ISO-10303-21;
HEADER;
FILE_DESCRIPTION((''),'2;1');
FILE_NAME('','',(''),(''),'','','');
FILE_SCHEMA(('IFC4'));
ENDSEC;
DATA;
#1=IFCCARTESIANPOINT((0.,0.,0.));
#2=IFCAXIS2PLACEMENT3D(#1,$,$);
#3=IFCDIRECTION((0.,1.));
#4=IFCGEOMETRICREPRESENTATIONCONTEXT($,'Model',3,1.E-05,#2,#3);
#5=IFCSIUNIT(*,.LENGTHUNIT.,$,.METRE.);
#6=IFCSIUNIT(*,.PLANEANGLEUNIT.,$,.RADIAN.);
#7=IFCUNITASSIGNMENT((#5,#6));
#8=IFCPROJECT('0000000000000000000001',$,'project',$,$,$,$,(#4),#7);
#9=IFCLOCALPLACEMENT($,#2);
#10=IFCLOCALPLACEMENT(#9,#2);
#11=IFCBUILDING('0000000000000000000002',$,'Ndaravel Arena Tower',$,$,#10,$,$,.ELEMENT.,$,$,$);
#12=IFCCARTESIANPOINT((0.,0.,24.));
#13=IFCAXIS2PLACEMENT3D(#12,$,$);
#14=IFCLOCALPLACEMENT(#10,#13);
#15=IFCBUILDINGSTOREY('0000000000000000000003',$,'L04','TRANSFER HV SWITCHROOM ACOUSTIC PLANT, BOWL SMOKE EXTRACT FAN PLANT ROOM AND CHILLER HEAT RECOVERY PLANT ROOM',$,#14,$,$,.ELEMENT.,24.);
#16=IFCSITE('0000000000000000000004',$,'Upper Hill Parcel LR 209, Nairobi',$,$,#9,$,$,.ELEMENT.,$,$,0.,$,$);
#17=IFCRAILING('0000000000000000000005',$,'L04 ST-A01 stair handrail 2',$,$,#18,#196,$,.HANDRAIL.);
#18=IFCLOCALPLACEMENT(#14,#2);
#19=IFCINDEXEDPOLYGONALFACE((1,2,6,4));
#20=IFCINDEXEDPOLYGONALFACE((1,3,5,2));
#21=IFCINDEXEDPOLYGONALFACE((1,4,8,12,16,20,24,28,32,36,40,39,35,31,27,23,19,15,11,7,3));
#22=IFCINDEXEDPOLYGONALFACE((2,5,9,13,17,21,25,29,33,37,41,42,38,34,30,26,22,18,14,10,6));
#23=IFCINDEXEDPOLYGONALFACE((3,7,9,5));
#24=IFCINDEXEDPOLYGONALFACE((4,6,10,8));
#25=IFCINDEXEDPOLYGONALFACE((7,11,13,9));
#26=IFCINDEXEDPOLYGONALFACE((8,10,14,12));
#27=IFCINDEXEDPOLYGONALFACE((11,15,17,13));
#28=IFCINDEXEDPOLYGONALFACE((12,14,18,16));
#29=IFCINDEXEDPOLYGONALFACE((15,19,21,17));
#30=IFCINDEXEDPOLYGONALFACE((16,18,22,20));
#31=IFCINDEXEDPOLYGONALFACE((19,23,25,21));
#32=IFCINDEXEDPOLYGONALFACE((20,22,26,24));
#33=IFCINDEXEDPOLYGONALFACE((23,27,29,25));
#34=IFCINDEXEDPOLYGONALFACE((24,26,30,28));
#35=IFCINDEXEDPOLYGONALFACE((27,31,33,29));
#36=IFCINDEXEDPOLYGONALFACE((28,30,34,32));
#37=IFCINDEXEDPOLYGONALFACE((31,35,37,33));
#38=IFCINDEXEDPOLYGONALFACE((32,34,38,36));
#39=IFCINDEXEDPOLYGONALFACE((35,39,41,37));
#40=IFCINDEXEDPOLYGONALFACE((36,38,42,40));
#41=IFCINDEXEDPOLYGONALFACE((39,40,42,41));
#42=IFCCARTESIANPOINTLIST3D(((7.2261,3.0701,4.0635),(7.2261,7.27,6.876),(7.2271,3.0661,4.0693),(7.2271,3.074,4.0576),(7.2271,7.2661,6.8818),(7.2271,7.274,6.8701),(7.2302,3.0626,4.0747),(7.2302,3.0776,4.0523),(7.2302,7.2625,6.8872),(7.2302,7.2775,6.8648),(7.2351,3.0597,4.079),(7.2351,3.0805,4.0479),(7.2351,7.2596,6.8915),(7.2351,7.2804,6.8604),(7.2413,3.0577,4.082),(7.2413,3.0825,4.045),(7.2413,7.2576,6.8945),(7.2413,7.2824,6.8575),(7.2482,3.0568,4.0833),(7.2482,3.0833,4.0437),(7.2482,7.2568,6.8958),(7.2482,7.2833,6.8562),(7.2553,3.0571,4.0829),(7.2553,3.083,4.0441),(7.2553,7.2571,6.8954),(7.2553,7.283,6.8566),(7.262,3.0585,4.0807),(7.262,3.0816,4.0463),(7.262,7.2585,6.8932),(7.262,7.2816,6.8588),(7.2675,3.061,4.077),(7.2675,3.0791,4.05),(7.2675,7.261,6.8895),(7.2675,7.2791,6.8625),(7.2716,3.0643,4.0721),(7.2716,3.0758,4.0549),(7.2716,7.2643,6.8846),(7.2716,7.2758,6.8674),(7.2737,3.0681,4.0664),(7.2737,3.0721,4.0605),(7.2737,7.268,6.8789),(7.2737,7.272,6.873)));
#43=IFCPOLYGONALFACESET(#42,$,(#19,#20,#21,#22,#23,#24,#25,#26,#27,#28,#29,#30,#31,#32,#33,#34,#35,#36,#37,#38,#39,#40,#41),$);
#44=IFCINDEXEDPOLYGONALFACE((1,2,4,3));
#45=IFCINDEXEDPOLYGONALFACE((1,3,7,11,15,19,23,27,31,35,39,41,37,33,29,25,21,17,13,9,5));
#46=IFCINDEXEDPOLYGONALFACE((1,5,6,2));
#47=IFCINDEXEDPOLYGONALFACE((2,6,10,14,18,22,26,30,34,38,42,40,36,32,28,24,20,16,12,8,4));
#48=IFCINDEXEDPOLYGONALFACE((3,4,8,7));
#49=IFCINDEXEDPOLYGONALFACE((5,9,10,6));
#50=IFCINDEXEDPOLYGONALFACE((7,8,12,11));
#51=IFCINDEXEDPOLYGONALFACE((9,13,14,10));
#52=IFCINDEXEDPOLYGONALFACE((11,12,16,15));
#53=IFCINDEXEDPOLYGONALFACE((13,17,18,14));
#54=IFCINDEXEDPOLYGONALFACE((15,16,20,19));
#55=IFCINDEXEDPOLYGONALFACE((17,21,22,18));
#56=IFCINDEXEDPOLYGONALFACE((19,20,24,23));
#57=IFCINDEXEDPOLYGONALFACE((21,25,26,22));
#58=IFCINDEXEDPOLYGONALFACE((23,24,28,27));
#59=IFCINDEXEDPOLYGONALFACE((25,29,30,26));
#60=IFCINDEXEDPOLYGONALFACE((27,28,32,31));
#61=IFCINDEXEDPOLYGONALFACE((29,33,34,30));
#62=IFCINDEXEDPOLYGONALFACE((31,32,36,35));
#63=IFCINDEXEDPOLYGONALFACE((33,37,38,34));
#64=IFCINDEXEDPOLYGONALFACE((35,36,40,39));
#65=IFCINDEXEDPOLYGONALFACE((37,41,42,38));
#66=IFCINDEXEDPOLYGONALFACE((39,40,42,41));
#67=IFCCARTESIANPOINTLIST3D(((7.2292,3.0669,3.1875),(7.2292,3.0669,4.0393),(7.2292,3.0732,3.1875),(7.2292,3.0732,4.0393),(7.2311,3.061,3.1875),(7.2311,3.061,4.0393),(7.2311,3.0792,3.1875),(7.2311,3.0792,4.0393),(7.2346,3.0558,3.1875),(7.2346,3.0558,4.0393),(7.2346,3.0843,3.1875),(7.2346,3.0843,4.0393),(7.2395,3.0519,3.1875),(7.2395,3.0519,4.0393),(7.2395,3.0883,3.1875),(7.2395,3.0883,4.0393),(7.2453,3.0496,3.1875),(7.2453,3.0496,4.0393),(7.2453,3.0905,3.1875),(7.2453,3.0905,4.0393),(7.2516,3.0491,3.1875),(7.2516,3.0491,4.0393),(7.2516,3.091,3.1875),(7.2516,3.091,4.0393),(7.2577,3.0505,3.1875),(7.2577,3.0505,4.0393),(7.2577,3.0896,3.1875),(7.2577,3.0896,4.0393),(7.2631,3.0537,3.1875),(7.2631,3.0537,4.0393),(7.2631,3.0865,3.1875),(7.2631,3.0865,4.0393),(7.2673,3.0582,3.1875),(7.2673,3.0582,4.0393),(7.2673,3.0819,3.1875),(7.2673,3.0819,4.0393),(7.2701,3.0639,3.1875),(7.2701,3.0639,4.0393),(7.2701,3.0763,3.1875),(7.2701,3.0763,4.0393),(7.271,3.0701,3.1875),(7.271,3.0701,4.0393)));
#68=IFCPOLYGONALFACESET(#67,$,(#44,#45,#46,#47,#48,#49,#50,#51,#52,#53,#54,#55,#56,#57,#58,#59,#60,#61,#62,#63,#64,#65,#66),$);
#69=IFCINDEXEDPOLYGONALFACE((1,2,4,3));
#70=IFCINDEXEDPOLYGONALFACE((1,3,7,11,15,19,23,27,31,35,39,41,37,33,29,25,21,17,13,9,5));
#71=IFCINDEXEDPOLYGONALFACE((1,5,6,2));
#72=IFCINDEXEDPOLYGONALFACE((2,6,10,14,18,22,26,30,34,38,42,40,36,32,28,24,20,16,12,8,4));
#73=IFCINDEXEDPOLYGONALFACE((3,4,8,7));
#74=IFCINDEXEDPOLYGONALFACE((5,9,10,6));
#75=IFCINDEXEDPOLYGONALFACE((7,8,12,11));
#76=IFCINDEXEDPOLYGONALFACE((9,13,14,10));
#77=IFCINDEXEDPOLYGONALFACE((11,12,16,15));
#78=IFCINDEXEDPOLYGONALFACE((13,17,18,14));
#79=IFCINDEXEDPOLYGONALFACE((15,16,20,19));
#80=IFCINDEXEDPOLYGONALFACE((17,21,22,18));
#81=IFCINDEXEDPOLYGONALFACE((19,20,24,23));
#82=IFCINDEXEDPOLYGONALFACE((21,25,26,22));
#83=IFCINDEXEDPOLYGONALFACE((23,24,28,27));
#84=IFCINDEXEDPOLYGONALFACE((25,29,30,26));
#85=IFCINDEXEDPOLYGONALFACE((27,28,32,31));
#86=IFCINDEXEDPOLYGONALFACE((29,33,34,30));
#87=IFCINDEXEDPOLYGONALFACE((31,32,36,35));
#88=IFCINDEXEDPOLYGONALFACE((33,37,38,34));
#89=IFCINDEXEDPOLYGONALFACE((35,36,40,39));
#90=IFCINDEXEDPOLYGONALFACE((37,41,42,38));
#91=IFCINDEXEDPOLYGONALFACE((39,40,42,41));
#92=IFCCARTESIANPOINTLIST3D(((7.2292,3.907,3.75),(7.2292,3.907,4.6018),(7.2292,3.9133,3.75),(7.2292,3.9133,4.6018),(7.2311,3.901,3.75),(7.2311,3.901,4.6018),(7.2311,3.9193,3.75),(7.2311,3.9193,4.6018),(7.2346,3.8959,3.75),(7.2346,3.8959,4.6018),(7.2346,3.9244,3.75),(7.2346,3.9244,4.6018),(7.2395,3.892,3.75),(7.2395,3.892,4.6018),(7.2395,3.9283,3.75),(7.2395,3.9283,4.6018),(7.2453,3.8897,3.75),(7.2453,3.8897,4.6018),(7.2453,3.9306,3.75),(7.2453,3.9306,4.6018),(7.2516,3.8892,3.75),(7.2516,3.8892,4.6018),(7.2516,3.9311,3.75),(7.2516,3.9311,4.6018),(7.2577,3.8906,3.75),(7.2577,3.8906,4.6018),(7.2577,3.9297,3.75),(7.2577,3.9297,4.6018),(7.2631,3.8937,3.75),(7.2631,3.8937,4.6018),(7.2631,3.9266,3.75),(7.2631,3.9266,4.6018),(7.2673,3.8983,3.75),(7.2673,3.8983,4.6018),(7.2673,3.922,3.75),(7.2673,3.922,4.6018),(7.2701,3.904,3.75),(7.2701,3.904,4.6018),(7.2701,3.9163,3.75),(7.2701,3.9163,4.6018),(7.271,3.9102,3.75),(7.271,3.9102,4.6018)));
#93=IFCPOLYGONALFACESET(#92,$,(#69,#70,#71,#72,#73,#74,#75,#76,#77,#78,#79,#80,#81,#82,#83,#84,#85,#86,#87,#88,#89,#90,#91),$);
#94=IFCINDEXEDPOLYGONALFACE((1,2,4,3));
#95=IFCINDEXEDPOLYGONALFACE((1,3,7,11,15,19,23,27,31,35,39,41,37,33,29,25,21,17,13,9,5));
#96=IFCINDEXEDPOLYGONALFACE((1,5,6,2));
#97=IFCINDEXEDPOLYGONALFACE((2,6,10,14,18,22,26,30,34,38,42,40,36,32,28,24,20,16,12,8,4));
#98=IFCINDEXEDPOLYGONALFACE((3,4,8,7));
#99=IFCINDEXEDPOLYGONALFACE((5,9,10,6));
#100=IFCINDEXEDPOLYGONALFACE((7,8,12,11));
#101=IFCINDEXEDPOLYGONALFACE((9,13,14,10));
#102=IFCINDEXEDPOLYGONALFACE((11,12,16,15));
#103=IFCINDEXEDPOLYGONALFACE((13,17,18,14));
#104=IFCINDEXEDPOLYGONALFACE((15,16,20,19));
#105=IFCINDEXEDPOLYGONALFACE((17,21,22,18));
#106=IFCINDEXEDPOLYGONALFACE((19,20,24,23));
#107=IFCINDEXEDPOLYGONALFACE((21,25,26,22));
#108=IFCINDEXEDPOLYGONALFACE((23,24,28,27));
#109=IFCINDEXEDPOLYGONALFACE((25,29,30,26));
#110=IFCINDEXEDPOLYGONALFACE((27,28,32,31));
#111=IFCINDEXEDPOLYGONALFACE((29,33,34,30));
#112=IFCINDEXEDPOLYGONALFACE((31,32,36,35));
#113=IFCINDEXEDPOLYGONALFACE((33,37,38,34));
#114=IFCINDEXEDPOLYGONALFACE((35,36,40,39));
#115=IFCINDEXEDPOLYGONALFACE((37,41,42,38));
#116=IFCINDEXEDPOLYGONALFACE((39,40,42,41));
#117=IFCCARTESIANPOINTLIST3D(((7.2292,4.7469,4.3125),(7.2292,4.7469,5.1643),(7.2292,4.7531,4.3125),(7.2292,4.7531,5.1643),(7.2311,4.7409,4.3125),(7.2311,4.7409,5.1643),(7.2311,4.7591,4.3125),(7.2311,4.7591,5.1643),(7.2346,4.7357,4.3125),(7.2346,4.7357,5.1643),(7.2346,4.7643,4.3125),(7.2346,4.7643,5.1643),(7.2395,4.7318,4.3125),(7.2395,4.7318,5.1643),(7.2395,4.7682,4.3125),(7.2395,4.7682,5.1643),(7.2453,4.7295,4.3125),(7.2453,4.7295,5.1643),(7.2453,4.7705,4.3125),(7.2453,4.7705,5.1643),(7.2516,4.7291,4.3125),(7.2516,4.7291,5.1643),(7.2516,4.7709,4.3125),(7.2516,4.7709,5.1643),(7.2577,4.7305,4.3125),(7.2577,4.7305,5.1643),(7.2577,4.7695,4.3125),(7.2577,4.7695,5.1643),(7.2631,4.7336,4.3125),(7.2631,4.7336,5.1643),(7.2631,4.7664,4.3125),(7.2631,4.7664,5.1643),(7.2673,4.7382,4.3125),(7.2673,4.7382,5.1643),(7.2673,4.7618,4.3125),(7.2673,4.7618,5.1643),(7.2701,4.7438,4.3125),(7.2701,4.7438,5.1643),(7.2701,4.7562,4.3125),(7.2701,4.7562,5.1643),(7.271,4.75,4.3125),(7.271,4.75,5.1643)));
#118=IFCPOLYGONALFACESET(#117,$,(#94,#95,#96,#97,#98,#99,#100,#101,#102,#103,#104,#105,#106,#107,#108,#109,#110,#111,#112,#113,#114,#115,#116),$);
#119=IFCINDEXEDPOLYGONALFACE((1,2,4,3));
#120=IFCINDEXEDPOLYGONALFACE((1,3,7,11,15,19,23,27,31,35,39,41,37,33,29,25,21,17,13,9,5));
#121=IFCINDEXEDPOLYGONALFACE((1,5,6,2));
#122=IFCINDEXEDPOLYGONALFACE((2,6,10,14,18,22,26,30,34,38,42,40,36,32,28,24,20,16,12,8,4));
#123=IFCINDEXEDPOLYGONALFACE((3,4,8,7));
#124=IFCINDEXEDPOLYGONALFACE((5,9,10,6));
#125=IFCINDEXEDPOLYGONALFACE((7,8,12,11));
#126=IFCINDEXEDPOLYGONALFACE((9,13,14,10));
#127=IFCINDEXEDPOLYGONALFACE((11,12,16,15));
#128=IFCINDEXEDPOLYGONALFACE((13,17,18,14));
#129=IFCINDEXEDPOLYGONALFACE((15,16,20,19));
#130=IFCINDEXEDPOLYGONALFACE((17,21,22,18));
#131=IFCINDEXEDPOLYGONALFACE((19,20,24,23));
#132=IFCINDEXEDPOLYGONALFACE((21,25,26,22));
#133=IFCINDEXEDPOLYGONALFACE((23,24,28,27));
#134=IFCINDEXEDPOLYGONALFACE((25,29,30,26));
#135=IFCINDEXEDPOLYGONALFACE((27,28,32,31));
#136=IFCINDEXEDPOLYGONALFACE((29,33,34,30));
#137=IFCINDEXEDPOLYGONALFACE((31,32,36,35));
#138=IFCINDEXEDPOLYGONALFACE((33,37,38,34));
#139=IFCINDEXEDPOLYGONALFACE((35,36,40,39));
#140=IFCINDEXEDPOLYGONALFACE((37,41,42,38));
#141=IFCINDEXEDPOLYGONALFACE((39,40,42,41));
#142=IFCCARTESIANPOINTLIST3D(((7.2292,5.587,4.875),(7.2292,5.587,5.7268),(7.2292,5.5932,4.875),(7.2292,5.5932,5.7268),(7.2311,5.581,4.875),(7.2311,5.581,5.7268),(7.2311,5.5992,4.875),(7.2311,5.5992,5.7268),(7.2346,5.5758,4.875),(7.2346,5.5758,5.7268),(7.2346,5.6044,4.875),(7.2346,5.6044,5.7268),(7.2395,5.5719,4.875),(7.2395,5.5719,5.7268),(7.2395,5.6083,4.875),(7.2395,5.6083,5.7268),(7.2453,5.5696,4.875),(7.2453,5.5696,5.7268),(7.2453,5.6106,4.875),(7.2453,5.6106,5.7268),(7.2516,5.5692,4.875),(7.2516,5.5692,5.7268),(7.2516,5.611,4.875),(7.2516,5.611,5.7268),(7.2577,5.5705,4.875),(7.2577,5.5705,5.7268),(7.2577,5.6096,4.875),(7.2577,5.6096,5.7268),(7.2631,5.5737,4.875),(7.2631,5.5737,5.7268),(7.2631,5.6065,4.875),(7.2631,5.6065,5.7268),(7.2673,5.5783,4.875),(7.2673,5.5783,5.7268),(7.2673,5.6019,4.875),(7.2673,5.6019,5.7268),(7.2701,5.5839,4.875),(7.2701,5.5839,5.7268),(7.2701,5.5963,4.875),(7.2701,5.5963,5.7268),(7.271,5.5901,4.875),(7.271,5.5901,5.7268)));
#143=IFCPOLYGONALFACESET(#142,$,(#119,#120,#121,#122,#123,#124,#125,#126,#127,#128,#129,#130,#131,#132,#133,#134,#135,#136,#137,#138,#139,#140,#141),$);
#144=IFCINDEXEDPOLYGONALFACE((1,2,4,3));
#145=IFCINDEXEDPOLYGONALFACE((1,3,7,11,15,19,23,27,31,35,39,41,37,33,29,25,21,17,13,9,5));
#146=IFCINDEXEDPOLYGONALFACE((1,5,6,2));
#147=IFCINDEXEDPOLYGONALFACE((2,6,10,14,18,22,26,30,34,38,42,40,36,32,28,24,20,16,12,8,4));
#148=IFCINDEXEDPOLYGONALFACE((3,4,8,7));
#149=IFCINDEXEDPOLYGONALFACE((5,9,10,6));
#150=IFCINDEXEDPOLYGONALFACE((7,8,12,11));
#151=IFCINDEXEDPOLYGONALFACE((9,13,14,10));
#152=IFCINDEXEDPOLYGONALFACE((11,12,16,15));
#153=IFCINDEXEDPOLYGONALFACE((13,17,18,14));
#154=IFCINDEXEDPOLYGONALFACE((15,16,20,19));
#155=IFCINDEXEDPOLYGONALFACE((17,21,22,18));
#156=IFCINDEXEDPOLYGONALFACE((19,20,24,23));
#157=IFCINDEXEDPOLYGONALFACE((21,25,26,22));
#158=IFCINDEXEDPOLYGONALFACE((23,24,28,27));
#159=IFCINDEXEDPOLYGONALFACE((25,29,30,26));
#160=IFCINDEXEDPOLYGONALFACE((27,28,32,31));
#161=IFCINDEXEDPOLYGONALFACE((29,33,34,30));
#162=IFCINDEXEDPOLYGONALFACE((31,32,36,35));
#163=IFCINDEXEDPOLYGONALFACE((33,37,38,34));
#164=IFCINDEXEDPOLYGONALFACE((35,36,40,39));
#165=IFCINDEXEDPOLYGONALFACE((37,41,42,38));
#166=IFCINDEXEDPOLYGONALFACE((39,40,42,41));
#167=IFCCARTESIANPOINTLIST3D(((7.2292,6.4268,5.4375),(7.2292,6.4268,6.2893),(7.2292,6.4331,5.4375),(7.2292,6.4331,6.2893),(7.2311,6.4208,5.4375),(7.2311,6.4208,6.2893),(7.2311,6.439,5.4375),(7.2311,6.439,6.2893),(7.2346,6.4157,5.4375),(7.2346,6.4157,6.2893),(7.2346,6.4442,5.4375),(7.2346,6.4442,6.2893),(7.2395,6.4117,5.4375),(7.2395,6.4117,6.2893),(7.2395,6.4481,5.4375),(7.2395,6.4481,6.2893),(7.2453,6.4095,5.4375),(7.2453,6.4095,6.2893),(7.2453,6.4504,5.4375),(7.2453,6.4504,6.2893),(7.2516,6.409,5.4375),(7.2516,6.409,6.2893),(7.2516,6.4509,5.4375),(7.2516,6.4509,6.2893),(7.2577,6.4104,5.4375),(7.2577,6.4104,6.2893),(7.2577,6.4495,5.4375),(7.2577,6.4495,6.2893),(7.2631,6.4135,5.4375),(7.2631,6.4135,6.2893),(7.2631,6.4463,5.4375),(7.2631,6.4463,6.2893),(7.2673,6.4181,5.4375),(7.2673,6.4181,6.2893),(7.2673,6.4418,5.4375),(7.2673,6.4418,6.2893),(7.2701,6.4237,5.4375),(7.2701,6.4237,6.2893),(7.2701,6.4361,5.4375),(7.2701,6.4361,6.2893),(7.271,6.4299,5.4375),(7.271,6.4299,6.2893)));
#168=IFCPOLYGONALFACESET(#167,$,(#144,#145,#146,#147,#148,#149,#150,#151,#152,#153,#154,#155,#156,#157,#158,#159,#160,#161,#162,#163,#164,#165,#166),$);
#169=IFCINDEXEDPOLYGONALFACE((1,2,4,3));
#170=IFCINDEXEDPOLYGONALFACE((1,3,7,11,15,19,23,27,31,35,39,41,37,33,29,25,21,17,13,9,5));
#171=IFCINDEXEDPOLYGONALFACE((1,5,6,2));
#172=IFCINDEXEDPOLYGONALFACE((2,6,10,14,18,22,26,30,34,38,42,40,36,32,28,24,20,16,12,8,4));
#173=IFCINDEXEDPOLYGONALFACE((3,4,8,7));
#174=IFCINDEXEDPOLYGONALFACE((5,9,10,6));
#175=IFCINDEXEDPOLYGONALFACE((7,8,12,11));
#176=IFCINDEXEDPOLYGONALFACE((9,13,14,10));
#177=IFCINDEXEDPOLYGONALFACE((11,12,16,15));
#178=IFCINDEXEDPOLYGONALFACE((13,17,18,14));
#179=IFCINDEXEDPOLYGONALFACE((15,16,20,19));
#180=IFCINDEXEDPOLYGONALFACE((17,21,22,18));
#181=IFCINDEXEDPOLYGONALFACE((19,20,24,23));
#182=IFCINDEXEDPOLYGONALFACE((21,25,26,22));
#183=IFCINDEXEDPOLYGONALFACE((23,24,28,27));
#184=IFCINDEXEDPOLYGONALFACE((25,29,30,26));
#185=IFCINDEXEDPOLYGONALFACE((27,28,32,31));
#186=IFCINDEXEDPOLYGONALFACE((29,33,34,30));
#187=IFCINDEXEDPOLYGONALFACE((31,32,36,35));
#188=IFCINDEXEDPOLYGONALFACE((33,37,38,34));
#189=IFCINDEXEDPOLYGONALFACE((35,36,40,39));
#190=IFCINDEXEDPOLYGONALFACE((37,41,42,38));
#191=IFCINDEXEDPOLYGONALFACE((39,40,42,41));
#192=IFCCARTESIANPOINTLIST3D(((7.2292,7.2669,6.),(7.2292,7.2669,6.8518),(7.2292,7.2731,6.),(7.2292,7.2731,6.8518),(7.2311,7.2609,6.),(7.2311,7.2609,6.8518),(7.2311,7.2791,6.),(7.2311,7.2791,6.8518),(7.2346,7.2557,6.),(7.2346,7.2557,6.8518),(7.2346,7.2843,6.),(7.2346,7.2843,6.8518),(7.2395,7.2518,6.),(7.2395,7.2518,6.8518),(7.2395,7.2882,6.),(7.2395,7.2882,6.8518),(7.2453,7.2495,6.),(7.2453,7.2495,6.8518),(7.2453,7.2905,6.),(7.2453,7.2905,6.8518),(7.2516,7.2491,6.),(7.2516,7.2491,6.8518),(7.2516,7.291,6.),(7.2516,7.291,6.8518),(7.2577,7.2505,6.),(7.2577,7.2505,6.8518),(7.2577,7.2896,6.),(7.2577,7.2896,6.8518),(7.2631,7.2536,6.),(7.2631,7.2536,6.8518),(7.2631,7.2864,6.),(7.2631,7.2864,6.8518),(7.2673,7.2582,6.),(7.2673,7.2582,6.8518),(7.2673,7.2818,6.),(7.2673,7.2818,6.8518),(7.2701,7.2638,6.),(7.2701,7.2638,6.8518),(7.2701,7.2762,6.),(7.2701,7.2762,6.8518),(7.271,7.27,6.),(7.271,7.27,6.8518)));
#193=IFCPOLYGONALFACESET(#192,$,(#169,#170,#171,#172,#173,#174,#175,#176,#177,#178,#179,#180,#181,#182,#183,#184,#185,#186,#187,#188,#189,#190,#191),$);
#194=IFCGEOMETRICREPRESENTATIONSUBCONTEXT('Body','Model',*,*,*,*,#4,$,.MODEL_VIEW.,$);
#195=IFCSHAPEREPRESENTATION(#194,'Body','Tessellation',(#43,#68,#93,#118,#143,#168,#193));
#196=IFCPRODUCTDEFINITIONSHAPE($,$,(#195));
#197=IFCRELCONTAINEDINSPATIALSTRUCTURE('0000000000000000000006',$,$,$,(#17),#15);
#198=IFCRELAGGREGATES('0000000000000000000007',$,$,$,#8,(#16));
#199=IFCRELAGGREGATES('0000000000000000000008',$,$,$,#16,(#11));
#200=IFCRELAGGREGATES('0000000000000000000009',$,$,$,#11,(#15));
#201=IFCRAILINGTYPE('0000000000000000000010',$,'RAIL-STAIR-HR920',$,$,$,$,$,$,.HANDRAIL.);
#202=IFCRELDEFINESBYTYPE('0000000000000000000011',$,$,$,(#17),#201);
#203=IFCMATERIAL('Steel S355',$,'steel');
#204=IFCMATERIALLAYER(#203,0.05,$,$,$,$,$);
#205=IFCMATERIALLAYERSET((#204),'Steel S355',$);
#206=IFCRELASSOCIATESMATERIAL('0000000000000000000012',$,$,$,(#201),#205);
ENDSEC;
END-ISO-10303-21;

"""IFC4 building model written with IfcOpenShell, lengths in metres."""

from ifc_helpers import new_model, si_unit, direction, frame, origin, origin_2d, place, context, subcontext, project, spatial, circle, extrude, material, layer, layer_set, type_object, element, save


model = new_model("IFC4")

# Units and contexts
model_context = context("Model", 3, precision=1e-05, world=origin(), true_north=direction((0.0, 1.0)))
body_context = subcontext(model_context, "Body", "Model", "MODEL_VIEW")
ifc_project = project(units=[si_unit("LENGTHUNIT", "METRE"), si_unit("PLANEANGLEUNIT", "RADIAN")], contexts=[model_context])

# Site, building, storey
site_placement = place(None, origin())
site = spatial("IfcSite", under=ifc_project, at=site_placement, Name="Upper Hill Parcel LR 209, Nairobi", CompositionType="ELEMENT", RefElevation=0.0)
building_placement = place(site_placement, origin())
building = spatial("IfcBuilding", under=site, at=building_placement, Name="Ndaravel Arena Tower", CompositionType="ELEMENT")
storey_placement = place(building_placement, frame((0.0, 0.0, 24.0)))
storey = spatial("IfcBuildingStorey", under=building, at=storey_placement, Name="L04", Description="TRANSFER HV SWITCHROOM ACOUSTIC PLANT, BOWL SMOKE EXTRACT FAN PLANT ROOM AND CHILLER HEAT RECOVERY PLANT ROOM", CompositionType="ELEMENT", Elevation=24.0)

# Railing
ifc_material_1 = material(Name="Steel S355", Category="steel")
ifc_layer_1 = layer(ifc_material_1, 0.05)
ifc_layer_set_1 = layer_set([ifc_layer_1], Name="Steel S355")
railing_type_1 = type_object("IfcRailingType", Name="RAIL-STAIR-HR920", PredefinedType="HANDRAIL", material=ifc_layer_set_1)
railing_1_placement = place(storey_placement, frame((7.25, 3.0701, 3.1875)))
element("IfcRailing", 1, at=railing_1_placement, inside=storey, type_object=railing_type_1, Name="L04 ST-A01 stair handrail 2", PredefinedType="HANDRAIL", context=body_context, shape_type="SweptSolid", body=[
    extrude(circle(Radius=0.0239, at=origin_2d()), frame((0.0, 0.0, 0.876), z_axis=(0.0, 0.830904, 0.556416), x_axis=(-1.0, 0.0, 0.0)), (0.0, 0.0, 1.0), 5.0547),
    extrude(circle(Radius=0.021, at=origin_2d()), origin(), (0.0, 0.0, 1.0), 0.8518),
    extrude(circle(Radius=0.021, at=origin_2d()), frame((0.0, 0.8401, 0.5625)), (0.0, 0.0, 1.0), 0.8518),
    extrude(circle(Radius=0.021, at=origin_2d()), frame((0.0, 1.6799, 1.125)), (0.0, 0.0, 1.0), 0.8518),
    extrude(circle(Radius=0.021, at=origin_2d()), frame((0.0, 2.52, 1.6875)), (0.0, 0.0, 1.0), 0.8518),
    extrude(circle(Radius=0.021, at=origin_2d()), frame((0.0, 3.3599, 2.25)), (0.0, 0.0, 1.0), 0.8518),
    extrude(circle(Radius=0.021, at=origin_2d()), frame((0.0, 4.2, 2.8125)), (0.0, 0.0, 1.0), 0.8518),
])

save(model, "model.ifc")
